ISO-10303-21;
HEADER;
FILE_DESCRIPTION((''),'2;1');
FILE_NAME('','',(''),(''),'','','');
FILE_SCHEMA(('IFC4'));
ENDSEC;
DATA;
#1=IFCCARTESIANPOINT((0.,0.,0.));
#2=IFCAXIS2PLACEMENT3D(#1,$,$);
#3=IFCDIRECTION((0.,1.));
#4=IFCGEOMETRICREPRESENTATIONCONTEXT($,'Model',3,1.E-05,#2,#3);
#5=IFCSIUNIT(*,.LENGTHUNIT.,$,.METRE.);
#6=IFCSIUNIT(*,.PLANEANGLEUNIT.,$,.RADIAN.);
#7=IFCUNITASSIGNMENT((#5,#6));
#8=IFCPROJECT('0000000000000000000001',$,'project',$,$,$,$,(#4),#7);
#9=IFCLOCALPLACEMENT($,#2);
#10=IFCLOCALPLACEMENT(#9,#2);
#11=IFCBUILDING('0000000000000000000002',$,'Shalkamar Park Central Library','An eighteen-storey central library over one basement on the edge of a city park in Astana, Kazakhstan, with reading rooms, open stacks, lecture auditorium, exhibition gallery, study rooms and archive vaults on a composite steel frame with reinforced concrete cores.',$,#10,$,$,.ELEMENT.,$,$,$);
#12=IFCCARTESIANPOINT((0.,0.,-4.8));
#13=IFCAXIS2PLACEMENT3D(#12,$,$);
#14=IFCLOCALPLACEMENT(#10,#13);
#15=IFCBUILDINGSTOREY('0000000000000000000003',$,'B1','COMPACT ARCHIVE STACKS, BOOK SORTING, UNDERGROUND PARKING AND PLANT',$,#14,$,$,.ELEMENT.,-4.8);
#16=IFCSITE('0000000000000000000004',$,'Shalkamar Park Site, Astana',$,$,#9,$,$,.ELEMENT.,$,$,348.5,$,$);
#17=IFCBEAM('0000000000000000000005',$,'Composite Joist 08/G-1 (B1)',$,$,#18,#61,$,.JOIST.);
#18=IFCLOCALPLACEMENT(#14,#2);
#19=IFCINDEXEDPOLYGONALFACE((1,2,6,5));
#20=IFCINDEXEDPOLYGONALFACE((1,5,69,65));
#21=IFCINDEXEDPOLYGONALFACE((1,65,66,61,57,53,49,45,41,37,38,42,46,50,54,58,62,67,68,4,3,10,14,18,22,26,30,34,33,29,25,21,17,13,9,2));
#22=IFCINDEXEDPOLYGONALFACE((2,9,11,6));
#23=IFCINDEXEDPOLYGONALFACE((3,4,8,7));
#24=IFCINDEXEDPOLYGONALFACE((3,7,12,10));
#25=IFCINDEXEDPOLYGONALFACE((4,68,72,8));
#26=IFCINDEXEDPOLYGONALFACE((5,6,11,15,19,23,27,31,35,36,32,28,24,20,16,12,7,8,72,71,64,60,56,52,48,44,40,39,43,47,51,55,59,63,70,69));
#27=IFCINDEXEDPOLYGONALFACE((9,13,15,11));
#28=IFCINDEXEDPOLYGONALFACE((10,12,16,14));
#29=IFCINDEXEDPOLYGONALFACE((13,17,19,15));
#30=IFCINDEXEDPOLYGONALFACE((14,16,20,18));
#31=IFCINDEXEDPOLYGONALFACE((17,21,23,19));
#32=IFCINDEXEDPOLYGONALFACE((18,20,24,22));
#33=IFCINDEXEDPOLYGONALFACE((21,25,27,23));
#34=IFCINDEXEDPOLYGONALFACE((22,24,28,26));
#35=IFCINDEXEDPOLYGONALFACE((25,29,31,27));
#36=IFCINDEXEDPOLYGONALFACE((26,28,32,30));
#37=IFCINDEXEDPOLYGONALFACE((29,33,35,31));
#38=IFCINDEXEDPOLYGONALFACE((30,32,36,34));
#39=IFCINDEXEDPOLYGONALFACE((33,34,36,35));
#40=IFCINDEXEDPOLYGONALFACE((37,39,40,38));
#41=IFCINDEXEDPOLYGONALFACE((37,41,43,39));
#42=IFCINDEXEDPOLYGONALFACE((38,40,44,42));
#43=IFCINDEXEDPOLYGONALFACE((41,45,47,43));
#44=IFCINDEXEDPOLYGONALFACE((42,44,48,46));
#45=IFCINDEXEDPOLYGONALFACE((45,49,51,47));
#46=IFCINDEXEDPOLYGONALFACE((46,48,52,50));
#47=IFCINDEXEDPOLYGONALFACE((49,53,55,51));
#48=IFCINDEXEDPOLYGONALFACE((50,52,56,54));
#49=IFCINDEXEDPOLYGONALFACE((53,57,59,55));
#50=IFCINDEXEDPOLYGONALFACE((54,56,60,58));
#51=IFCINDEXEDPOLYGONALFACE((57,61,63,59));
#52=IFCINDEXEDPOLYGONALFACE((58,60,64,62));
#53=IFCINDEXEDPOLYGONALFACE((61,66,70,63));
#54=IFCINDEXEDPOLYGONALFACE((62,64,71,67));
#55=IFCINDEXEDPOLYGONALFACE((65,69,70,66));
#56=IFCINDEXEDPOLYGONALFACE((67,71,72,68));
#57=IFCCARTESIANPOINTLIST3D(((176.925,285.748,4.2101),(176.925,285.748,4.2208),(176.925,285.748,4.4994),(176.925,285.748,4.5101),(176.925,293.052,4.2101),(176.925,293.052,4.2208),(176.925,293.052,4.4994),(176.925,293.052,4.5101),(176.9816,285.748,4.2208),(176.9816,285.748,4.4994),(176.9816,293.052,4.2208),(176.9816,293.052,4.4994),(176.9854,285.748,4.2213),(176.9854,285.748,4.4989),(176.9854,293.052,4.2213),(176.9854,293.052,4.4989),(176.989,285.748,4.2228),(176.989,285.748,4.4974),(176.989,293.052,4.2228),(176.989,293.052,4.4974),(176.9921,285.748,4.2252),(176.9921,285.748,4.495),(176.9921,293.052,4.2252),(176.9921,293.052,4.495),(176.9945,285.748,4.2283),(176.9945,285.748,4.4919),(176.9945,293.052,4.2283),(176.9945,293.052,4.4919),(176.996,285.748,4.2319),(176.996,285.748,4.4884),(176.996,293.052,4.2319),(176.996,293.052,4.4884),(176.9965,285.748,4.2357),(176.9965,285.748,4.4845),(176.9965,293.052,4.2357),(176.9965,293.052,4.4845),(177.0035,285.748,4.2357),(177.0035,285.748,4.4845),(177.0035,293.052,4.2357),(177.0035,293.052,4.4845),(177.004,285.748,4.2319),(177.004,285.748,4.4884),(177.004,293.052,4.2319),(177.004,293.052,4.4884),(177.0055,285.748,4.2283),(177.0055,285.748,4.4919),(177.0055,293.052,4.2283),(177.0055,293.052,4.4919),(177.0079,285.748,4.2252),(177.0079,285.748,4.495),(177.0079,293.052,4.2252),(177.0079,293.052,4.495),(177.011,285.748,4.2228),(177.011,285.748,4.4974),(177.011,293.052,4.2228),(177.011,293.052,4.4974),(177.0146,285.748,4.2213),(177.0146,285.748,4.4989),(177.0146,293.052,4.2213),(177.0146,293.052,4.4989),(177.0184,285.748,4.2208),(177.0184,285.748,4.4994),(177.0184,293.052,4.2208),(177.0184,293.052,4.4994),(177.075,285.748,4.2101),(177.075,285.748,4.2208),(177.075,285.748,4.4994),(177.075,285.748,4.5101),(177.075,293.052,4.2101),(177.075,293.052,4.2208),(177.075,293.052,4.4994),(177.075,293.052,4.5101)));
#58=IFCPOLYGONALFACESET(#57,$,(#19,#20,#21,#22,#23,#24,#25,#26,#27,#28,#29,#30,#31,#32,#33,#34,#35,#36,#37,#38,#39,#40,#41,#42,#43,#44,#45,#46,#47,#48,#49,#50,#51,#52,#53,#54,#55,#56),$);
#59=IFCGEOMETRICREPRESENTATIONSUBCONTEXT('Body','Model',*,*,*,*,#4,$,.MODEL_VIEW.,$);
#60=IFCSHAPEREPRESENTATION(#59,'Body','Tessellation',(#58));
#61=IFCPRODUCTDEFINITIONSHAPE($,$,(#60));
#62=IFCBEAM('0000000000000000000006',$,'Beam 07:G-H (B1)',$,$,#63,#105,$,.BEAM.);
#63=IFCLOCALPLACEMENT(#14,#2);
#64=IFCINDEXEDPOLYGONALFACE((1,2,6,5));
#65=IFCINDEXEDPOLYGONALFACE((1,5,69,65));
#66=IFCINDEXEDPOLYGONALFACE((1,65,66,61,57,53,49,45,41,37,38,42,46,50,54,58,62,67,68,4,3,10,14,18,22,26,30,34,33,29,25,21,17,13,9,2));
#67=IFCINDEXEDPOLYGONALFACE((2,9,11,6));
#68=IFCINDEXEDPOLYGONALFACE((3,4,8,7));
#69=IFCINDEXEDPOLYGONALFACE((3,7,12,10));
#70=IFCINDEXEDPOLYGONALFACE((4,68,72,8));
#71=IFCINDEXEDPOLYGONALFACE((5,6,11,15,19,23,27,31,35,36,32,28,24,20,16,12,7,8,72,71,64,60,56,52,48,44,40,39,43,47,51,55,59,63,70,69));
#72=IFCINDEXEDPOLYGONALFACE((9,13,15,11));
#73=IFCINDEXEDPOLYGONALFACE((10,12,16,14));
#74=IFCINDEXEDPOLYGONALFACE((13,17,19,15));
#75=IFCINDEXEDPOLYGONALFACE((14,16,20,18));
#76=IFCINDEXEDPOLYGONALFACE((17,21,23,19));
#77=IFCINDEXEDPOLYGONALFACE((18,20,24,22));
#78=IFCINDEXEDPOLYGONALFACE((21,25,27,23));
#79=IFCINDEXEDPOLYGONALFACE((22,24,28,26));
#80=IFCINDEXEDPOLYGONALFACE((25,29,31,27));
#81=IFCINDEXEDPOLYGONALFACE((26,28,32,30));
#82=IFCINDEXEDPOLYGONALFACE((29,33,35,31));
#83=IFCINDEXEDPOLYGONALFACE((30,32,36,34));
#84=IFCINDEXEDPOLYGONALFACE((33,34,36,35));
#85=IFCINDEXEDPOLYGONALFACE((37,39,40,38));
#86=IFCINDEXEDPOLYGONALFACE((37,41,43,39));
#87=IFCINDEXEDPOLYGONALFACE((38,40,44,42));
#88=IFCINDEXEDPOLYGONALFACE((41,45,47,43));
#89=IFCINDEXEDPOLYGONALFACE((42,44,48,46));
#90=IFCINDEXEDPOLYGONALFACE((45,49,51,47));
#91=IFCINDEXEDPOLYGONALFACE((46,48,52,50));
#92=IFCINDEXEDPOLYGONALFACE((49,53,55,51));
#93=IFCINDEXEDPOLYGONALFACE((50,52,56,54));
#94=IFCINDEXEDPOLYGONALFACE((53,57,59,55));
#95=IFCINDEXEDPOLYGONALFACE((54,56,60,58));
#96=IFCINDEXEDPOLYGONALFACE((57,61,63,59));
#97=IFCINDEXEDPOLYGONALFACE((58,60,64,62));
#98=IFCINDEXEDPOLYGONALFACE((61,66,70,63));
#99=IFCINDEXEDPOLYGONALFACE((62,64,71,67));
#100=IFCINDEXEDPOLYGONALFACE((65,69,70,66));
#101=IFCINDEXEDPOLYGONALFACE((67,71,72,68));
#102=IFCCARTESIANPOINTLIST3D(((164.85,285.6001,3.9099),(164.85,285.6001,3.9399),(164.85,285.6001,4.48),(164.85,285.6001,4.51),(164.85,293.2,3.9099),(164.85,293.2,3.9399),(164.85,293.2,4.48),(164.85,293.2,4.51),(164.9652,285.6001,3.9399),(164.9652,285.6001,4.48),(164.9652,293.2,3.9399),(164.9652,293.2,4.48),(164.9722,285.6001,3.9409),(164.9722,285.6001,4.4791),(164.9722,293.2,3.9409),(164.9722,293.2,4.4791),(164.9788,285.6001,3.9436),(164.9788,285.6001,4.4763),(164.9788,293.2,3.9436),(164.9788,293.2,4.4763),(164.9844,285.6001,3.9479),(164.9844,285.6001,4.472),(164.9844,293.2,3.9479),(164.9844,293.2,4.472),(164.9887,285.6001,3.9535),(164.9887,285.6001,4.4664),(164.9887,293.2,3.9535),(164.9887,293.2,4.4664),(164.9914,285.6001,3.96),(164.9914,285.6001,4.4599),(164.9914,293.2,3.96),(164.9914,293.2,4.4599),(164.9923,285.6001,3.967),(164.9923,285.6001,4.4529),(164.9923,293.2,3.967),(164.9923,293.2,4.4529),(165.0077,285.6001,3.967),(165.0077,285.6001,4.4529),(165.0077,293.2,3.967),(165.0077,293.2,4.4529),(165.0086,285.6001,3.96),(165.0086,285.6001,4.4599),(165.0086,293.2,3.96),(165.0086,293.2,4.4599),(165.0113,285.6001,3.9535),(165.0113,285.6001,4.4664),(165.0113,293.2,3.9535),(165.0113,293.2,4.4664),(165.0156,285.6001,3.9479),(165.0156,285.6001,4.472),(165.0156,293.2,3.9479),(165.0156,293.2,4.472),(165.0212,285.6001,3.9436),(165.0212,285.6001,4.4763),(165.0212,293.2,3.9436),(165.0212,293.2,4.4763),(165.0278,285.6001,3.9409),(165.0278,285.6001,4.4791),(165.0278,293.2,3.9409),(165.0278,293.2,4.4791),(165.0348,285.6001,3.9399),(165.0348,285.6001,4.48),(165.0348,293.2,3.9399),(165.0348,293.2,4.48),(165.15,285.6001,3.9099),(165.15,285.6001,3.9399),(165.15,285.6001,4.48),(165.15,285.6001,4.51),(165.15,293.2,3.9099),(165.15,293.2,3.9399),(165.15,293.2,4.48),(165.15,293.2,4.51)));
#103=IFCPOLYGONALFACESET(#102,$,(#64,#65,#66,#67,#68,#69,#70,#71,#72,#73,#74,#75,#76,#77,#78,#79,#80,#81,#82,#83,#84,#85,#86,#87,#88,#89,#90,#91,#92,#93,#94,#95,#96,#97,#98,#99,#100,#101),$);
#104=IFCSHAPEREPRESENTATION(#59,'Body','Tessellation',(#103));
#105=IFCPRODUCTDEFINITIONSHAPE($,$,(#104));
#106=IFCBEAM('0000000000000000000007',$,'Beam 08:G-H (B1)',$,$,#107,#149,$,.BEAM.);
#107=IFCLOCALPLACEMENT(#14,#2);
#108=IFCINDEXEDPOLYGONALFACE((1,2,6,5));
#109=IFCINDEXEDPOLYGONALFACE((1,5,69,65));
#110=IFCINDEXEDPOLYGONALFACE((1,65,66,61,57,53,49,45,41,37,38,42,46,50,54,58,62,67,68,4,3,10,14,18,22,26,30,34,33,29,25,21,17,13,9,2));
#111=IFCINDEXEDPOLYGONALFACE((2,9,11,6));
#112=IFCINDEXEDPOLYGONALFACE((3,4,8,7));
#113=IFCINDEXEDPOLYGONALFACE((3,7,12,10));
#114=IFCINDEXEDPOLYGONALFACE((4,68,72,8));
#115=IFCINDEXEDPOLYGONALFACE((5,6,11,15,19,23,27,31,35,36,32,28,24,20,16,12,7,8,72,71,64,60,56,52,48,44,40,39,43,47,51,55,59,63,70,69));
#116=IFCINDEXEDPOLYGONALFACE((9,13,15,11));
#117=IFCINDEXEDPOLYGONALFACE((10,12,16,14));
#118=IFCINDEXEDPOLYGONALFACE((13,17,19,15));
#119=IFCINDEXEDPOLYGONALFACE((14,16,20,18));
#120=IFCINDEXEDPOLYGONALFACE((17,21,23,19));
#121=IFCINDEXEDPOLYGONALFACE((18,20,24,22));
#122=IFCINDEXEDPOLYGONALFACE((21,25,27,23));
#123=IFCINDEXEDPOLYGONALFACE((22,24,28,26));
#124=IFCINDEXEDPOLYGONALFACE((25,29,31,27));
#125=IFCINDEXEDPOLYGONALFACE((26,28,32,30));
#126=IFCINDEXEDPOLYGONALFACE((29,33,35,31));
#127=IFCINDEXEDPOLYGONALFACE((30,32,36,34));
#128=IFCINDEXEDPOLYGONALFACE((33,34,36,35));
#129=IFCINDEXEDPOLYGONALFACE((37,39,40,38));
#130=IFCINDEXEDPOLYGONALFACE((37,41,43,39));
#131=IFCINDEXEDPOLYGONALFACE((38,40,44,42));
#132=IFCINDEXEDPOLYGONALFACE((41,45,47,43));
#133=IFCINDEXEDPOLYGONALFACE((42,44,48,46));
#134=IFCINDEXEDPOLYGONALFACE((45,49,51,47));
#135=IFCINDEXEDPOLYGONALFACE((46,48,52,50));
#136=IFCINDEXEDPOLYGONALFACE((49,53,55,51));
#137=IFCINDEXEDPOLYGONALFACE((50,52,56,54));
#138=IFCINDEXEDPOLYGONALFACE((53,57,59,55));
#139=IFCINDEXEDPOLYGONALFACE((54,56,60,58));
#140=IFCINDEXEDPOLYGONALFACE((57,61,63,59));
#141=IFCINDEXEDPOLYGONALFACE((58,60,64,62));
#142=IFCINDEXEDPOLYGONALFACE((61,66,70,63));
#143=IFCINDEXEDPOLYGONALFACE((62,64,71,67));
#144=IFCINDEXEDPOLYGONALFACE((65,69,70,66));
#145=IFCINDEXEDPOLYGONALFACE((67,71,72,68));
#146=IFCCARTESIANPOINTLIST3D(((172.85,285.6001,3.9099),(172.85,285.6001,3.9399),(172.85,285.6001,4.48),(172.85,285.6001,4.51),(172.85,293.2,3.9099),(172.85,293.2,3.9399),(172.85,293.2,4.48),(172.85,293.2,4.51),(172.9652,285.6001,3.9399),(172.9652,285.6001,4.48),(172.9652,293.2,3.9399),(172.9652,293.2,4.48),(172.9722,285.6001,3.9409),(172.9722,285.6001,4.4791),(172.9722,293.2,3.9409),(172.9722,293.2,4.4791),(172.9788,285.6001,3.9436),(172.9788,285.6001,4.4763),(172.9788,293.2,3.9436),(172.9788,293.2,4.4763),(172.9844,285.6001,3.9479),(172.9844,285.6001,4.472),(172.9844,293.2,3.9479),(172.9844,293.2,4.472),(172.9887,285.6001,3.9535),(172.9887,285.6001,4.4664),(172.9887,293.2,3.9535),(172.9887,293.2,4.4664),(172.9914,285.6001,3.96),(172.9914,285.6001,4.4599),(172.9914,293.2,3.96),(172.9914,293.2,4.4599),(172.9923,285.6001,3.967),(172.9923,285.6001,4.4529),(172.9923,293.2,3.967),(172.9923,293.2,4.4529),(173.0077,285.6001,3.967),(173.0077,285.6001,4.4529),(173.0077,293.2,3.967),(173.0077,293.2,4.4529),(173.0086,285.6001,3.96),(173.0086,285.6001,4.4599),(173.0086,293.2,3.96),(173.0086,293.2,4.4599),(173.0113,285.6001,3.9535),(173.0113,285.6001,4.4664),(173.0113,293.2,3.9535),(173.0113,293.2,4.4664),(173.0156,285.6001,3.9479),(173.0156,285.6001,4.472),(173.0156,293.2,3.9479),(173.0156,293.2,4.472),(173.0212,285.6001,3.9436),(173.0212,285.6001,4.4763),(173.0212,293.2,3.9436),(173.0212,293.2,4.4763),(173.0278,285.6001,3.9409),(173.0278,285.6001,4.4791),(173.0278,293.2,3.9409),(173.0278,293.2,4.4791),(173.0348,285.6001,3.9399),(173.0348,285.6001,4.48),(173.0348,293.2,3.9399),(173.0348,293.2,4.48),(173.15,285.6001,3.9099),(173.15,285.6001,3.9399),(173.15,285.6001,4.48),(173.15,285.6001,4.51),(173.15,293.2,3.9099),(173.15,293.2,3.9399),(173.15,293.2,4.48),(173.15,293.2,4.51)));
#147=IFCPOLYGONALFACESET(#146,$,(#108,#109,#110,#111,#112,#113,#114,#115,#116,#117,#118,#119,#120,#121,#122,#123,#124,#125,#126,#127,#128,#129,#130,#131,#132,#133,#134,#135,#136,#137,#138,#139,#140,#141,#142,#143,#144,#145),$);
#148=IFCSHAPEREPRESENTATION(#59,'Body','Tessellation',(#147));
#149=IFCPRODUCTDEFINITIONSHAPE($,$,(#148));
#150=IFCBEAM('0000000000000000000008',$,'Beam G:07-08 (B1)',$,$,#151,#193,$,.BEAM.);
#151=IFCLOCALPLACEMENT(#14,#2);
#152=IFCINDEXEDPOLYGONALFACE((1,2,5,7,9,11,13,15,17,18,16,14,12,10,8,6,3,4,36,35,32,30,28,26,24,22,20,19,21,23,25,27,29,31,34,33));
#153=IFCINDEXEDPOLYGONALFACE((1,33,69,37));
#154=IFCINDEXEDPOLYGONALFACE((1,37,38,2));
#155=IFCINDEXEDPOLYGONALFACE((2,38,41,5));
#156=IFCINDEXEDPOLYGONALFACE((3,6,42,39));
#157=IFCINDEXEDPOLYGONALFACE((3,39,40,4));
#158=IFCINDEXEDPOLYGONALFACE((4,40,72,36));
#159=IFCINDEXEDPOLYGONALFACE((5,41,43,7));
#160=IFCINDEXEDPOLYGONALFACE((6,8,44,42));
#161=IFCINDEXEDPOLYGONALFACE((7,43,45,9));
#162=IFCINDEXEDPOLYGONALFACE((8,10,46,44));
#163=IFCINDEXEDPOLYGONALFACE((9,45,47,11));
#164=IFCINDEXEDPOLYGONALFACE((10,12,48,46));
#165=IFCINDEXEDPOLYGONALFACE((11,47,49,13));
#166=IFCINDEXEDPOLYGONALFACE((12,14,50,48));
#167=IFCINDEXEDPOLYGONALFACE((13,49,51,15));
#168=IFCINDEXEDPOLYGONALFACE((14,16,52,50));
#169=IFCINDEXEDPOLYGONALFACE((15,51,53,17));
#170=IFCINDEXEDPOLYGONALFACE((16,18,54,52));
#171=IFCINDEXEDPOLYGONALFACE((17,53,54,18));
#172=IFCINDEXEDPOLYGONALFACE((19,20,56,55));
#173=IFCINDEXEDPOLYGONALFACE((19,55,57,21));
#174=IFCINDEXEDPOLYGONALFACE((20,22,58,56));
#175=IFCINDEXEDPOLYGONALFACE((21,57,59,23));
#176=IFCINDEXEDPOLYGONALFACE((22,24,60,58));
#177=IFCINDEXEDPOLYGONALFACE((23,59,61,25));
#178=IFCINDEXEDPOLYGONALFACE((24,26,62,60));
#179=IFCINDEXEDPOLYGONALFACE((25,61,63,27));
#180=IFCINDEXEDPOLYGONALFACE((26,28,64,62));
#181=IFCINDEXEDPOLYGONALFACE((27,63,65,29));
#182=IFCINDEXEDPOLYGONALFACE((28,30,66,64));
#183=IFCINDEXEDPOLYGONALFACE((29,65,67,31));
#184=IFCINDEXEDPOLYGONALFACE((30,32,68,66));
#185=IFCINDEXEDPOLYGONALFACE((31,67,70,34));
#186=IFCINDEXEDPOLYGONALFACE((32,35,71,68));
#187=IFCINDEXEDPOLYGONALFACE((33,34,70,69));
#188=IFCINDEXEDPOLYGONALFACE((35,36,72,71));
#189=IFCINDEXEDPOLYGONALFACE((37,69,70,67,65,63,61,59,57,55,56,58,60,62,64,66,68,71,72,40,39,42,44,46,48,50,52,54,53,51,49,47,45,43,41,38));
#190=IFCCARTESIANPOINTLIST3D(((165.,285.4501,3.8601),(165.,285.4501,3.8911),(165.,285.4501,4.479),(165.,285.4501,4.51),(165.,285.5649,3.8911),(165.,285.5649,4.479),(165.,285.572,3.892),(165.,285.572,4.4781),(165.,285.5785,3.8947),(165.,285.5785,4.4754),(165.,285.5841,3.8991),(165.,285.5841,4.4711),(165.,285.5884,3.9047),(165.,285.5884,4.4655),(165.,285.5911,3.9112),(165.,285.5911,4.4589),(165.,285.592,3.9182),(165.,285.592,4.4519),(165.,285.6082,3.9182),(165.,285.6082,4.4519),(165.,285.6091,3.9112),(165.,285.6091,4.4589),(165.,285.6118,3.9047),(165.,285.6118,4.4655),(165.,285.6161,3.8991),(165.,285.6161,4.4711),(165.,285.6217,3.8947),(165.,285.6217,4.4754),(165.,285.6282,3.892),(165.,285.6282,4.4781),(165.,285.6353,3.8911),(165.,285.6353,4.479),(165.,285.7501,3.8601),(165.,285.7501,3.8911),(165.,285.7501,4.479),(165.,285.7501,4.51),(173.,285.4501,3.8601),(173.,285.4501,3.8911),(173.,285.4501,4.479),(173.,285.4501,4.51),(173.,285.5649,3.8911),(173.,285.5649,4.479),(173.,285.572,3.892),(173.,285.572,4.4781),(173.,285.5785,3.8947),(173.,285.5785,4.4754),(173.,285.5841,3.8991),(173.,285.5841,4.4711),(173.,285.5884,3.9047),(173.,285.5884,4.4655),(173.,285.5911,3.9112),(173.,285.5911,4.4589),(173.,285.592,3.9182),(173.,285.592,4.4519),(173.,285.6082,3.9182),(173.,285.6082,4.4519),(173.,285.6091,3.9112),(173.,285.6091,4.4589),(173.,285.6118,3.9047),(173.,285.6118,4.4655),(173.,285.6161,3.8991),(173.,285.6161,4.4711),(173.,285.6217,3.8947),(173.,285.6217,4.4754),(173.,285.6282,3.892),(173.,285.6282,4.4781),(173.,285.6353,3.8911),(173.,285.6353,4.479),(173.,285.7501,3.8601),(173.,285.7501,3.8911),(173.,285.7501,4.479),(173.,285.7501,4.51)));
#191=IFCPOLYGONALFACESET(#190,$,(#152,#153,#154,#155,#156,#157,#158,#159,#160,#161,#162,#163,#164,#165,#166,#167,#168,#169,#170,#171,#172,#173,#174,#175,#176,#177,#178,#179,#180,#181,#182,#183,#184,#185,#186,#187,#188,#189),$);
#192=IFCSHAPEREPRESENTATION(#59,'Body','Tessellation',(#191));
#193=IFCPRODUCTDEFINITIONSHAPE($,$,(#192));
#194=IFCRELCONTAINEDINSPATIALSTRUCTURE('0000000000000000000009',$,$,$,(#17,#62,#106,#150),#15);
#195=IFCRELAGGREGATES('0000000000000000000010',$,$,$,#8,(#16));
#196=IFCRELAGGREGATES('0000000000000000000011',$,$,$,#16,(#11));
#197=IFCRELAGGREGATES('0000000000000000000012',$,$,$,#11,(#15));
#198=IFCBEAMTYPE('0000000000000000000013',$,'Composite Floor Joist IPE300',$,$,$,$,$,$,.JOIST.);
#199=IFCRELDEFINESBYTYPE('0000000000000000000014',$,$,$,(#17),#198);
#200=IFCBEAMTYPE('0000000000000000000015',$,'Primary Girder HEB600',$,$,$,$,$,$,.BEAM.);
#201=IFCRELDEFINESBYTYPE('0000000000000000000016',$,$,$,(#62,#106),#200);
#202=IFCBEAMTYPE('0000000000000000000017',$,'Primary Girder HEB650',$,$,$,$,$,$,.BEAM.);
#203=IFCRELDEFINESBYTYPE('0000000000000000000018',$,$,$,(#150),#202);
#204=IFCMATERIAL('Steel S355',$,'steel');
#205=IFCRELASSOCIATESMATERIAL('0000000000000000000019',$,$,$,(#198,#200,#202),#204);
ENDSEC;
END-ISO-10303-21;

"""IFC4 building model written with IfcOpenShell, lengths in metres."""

from ifc_helpers import new_model, si_unit, direction, frame, origin, origin_2d, place, context, subcontext, project, spatial, i_section, extrude, material, material_profile, profile_set, type_object, element, save


model = new_model("IFC4")

# Units and contexts
model_context = context("Model", 3, precision=1e-05, world=origin(), true_north=direction((0.0, 1.0)))
body_context = subcontext(model_context, "Body", "Model", "MODEL_VIEW")
ifc_project = project(units=[si_unit("LENGTHUNIT", "METRE"), si_unit("PLANEANGLEUNIT", "RADIAN")], contexts=[model_context])

# Site, building, storey
site_placement = place(None, origin())
site = spatial("IfcSite", under=ifc_project, at=site_placement, Name="Shalkamar Park Site, Astana", CompositionType="ELEMENT", RefElevation=348.5)
building_placement = place(site_placement, origin())
building = spatial("IfcBuilding", under=site, at=building_placement, Name="Shalkamar Park Central Library", Description="An eighteen-storey central library over one basement on the edge of a city park in Astana, Kazakhstan, with reading rooms, open stacks, lecture auditorium, exhibition gallery, study rooms and archive vaults on a composite steel frame with reinforced concrete cores.", CompositionType="ELEMENT")
storey_placement = place(building_placement, frame((0.0, 0.0, -4.8)))
storey = spatial("IfcBuildingStorey", under=building, at=storey_placement, Name="B1", Description="COMPACT ARCHIVE STACKS, BOOK SORTING, UNDERGROUND PARKING AND PLANT", CompositionType="ELEMENT", Elevation=-4.8)

# Shared definitions
ifc_material_1 = material(Name="Steel S355", Category="steel")

# Beams
ifc_material_profile_1 = material_profile(ifc_material_1, i_section(OverallWidth=0.1499, OverallDepth=0.3, WebThickness=0.0071, FlangeThickness=0.0107, FilletRadius=0.0149, at=origin_2d()), Name="IPE 300")
ifc_profile_set_1 = profile_set([ifc_material_profile_1], Name="Steel S355")
beam_type_1 = type_object("IfcBeamType", Name="Composite Floor Joist IPE300", PredefinedType="JOIST", material=ifc_profile_set_1)
for number, where, z_axis, x_axis, name in (
    (1, (177.0, 285.748, 4.3601), (0.0, 1.0, 0.0), (-1.0, 0.0, 0.0), "Composite Joist 08/G-1 (B1)"),
):
    element("IfcBeam", number, at=place(storey_placement, frame(where, z_axis=z_axis, x_axis=x_axis)), inside=storey, type_object=beam_type_1, Name=name, PredefinedType="JOIST", context=body_context, shape_type="SweptSolid", body=[
        extrude(i_section(OverallWidth=0.1499, OverallDepth=0.3, WebThickness=0.0071, FlangeThickness=0.0107, FilletRadius=0.0149, at=origin_2d()), origin(), (0.0, 0.0, 1.0), 7.304),
    ])
ifc_material_profile_2 = material_profile(ifc_material_1, i_section(OverallWidth=0.3, OverallDepth=0.6001, WebThickness=0.0154, FlangeThickness=0.03, FilletRadius=0.0271, at=origin_2d()), Name="HEB 600")
ifc_profile_set_2 = profile_set([ifc_material_profile_2], Name="Steel S355")
beam_type_2 = type_object("IfcBeamType", Name="Primary Girder HEB600", PredefinedType="BEAM", material=ifc_profile_set_2)
for number, where, z_axis, x_axis, name in (
    (2, (165.0, 285.6001, 4.21), (0.0, 1.0, 0.0), (-1.0, 0.0, 0.0), "Beam 07:G-H (B1)"),
    (3, (173.0, 285.6001, 4.21), (0.0, 1.0, 0.0), (-1.0, 0.0, 0.0), "Beam 08:G-H (B1)"),
):
    element("IfcBeam", number, at=place(storey_placement, frame(where, z_axis=z_axis, x_axis=x_axis)), inside=storey, type_object=beam_type_2, Name=name, PredefinedType="BEAM", context=body_context, shape_type="SweptSolid", body=[
        extrude(i_section(OverallWidth=0.3, OverallDepth=0.6001, WebThickness=0.0154, FlangeThickness=0.03, FilletRadius=0.0271, at=origin_2d()), origin(), (0.0, 0.0, 1.0), 7.5999),
    ])
ifc_material_profile_3 = material_profile(ifc_material_1, i_section(OverallWidth=0.3, OverallDepth=0.6499, WebThickness=0.0161, FlangeThickness=0.031, FilletRadius=0.0271, at=origin_2d()), Name="HEB 650")
ifc_profile_set_3 = profile_set([ifc_material_profile_3], Name="Steel S355")
beam_type_3 = type_object("IfcBeamType", Name="Primary Girder HEB650", PredefinedType="BEAM", material=ifc_profile_set_3)
for number, where, z_axis, x_axis, name in (
    (4, (165.0, 285.6001, 4.1851), (1.0, 0.0, 0.0), (0.0, 1.0, 0.0), "Beam G:07-08 (B1)"),
):
    element("IfcBeam", number, at=place(storey_placement, frame(where, z_axis=z_axis, x_axis=x_axis)), inside=storey, type_object=beam_type_3, Name=name, PredefinedType="BEAM", context=body_context, shape_type="SweptSolid", body=[
        extrude(i_section(OverallWidth=0.3, OverallDepth=0.6499, WebThickness=0.0161, FlangeThickness=0.031, FilletRadius=0.0271, at=origin_2d()), origin(), (0.0, 0.0, 1.0), 8.0),
    ])

save(model, "model.ifc")
